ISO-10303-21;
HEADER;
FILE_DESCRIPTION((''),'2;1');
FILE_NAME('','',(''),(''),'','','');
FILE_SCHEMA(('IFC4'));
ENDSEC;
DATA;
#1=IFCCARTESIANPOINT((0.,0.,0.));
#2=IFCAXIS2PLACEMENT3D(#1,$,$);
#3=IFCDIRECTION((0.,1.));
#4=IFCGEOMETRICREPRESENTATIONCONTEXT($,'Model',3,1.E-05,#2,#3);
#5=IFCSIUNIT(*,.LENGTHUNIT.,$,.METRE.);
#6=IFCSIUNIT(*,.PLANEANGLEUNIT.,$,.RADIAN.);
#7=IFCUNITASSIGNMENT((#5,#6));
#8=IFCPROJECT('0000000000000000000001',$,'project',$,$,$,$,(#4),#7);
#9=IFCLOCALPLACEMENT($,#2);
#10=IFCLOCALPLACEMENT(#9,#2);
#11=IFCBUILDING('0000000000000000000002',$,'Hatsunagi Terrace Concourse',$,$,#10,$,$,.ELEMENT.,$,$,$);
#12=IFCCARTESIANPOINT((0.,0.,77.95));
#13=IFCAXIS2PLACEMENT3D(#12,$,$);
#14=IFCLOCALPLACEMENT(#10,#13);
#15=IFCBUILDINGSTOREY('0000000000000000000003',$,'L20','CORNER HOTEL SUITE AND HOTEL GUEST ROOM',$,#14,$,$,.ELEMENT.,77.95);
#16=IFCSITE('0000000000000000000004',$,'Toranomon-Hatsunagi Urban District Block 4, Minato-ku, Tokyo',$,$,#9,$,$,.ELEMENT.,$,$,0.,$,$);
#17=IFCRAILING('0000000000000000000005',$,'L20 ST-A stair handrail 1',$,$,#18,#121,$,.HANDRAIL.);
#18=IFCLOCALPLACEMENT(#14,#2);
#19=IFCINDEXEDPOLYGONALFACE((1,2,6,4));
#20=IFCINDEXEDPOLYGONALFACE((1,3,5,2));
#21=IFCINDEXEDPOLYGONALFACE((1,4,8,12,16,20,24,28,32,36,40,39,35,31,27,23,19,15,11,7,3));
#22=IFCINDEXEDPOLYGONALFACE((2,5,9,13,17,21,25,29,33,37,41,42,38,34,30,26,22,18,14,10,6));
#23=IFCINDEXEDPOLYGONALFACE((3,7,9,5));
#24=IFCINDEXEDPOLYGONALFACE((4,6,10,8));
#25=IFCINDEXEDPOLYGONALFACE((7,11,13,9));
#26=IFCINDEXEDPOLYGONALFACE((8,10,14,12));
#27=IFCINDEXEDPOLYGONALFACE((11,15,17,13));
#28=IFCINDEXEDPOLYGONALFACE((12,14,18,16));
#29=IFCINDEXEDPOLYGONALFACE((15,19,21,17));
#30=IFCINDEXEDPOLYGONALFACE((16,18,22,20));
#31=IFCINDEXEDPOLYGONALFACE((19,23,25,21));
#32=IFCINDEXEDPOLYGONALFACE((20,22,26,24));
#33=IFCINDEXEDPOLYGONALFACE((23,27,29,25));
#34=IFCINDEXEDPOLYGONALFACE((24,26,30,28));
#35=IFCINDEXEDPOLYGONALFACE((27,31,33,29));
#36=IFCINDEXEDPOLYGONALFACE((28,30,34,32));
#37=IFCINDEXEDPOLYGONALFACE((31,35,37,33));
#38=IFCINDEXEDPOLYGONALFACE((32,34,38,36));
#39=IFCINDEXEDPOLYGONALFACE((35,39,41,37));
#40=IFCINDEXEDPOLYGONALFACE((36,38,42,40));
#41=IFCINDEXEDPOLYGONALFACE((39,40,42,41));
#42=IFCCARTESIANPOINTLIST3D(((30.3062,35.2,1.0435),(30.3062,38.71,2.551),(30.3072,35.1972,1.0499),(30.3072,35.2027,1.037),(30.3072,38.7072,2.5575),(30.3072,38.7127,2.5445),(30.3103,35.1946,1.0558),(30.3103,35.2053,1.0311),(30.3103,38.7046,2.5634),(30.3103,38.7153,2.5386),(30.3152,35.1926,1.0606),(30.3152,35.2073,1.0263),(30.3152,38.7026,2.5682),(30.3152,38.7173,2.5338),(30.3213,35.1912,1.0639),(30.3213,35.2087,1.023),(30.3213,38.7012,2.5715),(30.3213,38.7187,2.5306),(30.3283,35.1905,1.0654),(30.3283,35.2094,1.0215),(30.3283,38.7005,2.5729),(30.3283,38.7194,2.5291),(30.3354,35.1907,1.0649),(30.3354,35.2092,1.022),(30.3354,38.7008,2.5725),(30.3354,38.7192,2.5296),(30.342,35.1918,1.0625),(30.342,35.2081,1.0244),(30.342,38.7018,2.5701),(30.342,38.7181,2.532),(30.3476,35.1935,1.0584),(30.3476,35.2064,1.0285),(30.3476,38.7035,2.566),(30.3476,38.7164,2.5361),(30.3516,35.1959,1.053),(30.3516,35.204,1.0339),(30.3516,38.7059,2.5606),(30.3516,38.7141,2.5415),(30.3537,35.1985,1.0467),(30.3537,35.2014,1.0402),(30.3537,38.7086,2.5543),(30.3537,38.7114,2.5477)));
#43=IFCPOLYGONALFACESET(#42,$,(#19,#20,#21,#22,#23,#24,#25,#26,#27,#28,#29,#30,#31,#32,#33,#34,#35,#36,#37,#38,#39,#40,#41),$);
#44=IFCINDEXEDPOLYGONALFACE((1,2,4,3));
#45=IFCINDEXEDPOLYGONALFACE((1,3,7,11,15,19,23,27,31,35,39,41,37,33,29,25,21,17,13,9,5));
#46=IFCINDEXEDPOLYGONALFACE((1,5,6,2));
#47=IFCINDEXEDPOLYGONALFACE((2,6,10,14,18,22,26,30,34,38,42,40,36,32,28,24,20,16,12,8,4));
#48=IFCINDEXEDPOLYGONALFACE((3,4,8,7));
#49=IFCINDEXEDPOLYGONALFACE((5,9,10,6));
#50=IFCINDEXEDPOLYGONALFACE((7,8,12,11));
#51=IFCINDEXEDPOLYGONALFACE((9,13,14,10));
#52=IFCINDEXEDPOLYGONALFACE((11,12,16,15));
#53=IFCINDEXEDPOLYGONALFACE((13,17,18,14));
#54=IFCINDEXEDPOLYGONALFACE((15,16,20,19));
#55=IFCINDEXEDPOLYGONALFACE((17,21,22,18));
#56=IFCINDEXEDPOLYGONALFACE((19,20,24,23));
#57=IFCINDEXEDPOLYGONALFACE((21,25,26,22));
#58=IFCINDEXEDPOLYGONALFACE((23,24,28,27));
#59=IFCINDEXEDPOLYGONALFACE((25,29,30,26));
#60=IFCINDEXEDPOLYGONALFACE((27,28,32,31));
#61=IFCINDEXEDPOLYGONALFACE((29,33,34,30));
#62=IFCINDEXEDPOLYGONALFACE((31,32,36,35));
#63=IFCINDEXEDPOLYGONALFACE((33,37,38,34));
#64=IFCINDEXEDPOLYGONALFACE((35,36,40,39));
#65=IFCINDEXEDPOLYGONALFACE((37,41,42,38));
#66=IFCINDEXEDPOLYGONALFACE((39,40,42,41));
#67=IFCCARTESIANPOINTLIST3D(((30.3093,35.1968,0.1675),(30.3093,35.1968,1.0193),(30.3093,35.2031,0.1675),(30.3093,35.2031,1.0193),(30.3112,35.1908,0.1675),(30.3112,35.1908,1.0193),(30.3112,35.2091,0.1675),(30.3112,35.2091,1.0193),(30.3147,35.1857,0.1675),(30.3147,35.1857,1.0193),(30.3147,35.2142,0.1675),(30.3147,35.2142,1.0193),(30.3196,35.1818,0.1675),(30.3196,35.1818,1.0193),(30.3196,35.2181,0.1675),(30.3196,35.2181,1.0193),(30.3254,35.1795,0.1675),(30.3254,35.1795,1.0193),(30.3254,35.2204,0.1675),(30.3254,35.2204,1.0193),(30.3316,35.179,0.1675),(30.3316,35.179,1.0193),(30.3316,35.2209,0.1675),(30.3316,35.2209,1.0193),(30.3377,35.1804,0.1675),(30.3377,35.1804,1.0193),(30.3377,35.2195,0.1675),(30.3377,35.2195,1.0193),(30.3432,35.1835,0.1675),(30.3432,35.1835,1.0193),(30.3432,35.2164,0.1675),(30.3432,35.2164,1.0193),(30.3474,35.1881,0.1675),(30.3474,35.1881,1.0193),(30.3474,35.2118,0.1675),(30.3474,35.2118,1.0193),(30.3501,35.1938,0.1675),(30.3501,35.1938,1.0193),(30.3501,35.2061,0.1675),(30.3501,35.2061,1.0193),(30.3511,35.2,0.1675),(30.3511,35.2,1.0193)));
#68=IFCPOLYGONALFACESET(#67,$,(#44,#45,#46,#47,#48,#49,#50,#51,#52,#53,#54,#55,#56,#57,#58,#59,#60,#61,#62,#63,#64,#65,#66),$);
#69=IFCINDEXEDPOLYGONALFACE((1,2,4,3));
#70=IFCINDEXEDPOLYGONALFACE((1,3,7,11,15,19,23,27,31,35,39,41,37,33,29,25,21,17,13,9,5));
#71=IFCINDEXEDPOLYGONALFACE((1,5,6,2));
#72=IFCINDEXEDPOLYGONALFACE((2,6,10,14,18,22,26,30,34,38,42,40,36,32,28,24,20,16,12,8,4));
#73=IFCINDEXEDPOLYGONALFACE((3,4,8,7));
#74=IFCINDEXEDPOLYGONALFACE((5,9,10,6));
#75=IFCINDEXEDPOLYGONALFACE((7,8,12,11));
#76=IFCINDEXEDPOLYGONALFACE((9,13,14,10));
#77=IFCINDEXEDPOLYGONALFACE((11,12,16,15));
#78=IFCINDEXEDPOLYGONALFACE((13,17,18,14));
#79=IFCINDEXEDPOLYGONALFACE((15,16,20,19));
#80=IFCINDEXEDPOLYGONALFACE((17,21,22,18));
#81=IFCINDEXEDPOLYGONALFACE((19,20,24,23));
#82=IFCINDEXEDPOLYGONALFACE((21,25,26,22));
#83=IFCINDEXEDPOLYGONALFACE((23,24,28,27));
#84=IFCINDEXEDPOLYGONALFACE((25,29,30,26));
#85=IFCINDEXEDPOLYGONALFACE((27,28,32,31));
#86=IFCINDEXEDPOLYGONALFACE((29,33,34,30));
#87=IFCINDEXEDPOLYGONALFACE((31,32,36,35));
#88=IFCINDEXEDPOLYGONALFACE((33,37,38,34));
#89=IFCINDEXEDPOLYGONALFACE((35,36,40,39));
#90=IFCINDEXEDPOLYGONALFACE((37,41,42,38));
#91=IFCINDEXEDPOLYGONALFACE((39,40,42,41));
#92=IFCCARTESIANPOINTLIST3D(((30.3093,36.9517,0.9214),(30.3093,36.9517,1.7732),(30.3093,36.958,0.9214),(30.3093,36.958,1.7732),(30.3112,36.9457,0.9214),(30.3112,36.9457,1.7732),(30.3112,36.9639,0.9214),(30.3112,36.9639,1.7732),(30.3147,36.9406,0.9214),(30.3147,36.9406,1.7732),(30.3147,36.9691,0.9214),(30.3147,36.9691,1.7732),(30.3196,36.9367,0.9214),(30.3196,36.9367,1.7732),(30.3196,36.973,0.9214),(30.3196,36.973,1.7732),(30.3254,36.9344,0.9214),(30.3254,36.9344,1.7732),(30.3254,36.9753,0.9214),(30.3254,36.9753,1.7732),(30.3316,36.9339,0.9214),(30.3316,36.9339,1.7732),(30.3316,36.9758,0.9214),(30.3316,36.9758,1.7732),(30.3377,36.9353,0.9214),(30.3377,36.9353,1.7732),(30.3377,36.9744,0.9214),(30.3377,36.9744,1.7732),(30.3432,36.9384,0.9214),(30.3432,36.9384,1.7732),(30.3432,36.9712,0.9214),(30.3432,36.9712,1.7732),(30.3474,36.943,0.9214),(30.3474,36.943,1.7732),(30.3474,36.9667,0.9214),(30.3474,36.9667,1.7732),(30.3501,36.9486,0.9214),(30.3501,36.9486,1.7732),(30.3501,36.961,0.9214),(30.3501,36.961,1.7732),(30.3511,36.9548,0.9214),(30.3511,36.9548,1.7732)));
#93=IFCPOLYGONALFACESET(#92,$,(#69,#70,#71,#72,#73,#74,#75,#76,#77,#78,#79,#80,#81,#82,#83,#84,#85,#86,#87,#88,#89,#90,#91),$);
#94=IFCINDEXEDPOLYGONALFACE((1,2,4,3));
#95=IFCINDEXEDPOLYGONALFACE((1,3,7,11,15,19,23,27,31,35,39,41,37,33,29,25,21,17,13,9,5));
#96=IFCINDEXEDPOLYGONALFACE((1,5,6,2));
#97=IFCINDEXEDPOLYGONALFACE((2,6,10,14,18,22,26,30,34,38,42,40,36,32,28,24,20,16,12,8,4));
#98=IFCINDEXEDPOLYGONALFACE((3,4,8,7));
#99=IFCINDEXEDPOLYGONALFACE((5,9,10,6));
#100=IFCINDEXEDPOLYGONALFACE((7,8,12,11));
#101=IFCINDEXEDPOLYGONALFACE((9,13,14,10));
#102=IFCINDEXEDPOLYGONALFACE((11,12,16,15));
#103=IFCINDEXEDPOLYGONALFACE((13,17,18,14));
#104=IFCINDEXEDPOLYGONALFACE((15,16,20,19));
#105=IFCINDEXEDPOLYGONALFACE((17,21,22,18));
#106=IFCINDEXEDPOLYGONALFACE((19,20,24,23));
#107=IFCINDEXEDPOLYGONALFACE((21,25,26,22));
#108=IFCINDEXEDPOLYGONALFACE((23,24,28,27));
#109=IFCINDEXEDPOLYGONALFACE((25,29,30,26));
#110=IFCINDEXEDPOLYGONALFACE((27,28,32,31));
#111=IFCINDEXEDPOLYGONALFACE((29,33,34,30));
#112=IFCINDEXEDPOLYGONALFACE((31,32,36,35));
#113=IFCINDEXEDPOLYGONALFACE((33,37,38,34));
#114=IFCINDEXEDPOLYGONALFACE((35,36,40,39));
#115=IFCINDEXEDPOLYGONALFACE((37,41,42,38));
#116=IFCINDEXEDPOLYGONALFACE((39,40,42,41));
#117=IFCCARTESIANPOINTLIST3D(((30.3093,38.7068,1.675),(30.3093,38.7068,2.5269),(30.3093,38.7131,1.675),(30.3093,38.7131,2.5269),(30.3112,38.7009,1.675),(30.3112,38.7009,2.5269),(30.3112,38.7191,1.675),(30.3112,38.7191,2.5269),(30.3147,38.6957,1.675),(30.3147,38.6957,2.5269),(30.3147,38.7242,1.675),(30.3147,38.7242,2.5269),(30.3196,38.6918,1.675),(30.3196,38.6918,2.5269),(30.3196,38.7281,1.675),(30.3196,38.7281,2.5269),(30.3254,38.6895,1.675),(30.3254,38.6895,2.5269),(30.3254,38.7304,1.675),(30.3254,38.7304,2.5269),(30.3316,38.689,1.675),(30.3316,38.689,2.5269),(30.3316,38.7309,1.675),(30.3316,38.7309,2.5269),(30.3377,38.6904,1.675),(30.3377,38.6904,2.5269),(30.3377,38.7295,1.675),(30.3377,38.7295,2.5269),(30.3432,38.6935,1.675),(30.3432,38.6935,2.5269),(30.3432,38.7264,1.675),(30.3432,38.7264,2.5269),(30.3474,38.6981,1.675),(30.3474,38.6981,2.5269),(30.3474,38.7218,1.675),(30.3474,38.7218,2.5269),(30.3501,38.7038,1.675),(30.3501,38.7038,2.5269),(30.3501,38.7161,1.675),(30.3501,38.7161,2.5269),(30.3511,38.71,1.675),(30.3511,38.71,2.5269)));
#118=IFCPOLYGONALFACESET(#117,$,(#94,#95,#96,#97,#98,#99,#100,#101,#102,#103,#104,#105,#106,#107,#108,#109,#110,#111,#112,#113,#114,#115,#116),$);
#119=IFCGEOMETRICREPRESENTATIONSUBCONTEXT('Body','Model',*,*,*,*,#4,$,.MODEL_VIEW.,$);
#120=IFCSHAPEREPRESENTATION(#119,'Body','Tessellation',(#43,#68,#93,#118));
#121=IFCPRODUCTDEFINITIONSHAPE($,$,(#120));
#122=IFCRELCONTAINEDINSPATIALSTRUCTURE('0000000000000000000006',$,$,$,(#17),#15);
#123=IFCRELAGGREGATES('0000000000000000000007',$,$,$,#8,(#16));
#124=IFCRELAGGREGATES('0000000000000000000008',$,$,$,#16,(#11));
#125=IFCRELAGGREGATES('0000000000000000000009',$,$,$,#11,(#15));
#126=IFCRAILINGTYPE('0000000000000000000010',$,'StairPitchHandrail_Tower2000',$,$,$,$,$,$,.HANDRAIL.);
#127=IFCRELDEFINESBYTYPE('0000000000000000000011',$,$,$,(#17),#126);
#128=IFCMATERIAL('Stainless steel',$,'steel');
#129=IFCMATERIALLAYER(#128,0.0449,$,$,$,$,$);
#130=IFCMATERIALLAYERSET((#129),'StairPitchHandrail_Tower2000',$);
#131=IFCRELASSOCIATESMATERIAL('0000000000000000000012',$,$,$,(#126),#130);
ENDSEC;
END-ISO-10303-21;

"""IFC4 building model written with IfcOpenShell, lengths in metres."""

from ifc_helpers import new_model, si_unit, direction, frame, origin, origin_2d, place, context, subcontext, project, spatial, circle, extrude, material, layer, layer_set, type_object, element, save


model = new_model("IFC4")

# Units and contexts
model_context = context("Model", 3, precision=1e-05, world=origin(), true_north=direction((0.0, 1.0)))
body_context = subcontext(model_context, "Body", "Model", "MODEL_VIEW")
ifc_project = project(units=[si_unit("LENGTHUNIT", "METRE"), si_unit("PLANEANGLEUNIT", "RADIAN")], contexts=[model_context])

# Site, building, storey
site_placement = place(None, origin())
site = spatial("IfcSite", under=ifc_project, at=site_placement, Name="Toranomon-Hatsunagi Urban District Block 4, Minato-ku, Tokyo", CompositionType="ELEMENT", RefElevation=0.0)
building_placement = place(site_placement, origin())
building = spatial("IfcBuilding", under=site, at=building_placement, Name="Hatsunagi Terrace Concourse", CompositionType="ELEMENT")
storey_placement = place(building_placement, frame((0.0, 0.0, 77.95)))
storey = spatial("IfcBuildingStorey", under=building, at=storey_placement, Name="L20", Description="CORNER HOTEL SUITE AND HOTEL GUEST ROOM", CompositionType="ELEMENT", Elevation=77.95)

# Railing
ifc_material_1 = material(Name="Stainless steel", Category="steel")
ifc_layer_1 = layer(ifc_material_1, 0.0449)
ifc_layer_set_1 = layer_set([ifc_layer_1], Name="StairPitchHandrail_Tower2000")
railing_type_1 = type_object("IfcRailingType", Name="StairPitchHandrail_Tower2000", PredefinedType="HANDRAIL", material=ifc_layer_set_1)
railing_1_placement = place(storey_placement, frame((30.3301, 35.2, 0.1675)))
element("IfcRailing", 1, at=railing_1_placement, inside=storey, type_object=railing_type_1, Name="L20 ST-A stair handrail 1", PredefinedType="HANDRAIL", context=body_context, shape_type="SweptSolid", body=[
    extrude(circle(Radius=0.0239, at=origin_2d()), frame((0.0, 0.0, 0.876), z_axis=(0.0, 0.918834, 0.394644), x_axis=(-1.0, 0.0, 0.0)), (0.0, 0.0, 1.0), 3.8201),
    extrude(circle(Radius=0.021, at=origin_2d()), origin(), (0.0, 0.0, 1.0), 0.8518),
    extrude(circle(Radius=0.021, at=origin_2d()), frame((0.0, 1.7549, 0.7539)), (0.0, 0.0, 1.0), 0.8518),
    extrude(circle(Radius=0.021, at=origin_2d()), frame((0.0, 3.51, 1.5076)), (0.0, 0.0, 1.0), 0.8518),
])

save(model, "model.ifc")
